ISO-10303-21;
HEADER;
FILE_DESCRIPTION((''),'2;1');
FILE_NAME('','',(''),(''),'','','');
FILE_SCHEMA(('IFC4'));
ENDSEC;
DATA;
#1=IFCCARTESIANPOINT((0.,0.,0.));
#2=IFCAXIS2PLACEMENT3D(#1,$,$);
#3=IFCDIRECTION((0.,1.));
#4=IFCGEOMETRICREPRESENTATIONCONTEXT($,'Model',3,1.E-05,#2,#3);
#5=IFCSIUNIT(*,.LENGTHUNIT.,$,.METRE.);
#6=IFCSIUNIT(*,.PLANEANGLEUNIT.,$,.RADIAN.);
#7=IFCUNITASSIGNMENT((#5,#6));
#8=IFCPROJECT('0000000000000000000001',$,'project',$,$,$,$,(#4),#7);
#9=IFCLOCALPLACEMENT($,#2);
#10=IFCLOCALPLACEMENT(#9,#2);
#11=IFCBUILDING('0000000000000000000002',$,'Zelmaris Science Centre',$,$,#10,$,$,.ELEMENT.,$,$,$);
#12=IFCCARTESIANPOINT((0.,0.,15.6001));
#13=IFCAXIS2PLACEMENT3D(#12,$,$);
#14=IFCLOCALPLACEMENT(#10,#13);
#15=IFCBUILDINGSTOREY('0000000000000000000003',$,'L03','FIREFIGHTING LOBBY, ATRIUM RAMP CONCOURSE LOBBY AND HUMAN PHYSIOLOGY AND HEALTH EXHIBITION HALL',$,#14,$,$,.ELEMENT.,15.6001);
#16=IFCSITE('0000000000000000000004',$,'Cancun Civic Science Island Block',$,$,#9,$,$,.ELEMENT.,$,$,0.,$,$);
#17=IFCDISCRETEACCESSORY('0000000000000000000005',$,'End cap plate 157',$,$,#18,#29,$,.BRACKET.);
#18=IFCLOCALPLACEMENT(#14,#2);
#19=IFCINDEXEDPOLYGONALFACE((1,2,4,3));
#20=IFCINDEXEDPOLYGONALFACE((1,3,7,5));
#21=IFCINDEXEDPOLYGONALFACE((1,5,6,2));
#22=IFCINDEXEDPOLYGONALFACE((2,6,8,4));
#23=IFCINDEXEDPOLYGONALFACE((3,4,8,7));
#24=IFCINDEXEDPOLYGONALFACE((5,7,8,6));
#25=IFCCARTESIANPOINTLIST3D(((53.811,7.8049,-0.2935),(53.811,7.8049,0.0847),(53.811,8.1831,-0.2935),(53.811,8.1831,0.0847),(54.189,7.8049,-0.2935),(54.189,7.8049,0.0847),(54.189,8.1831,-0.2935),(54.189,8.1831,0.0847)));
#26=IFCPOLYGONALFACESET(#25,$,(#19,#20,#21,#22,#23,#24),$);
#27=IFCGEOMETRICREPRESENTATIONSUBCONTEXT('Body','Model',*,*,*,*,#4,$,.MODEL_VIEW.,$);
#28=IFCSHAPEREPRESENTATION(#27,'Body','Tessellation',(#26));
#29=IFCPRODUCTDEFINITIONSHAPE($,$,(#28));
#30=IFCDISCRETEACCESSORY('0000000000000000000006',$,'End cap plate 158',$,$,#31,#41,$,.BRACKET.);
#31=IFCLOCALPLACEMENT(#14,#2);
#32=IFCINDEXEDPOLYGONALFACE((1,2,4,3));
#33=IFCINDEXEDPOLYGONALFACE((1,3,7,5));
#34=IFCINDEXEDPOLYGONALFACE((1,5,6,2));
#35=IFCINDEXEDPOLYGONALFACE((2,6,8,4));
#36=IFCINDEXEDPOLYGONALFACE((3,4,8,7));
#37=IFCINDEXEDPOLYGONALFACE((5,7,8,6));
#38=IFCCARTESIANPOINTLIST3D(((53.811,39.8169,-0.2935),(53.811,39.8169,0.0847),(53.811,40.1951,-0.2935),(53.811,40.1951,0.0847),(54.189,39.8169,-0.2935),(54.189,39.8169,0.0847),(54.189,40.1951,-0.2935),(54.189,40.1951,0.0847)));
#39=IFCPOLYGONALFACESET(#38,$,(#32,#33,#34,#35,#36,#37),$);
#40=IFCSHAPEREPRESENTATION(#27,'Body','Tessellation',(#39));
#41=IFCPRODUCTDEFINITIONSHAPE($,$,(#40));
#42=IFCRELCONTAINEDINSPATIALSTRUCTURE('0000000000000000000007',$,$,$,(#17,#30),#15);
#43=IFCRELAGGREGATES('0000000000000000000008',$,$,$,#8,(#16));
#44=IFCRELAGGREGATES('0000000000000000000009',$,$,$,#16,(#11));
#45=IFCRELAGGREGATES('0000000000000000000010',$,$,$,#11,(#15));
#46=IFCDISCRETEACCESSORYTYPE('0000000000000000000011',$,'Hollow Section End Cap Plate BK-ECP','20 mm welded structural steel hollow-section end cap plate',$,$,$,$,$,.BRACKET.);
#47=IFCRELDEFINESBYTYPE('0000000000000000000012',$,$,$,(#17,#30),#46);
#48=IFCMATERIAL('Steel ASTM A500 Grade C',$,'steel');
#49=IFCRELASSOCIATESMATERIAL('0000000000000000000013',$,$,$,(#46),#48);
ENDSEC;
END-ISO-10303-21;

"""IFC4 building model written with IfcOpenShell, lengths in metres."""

from ifc_helpers import new_model, si_unit, direction, frame, origin, place, context, subcontext, project, spatial, polyline, outline, extrude, material, type_object, element, save


model = new_model("IFC4")

# Units and contexts
model_context = context("Model", 3, precision=1e-05, world=origin(), true_north=direction((0.0, 1.0)))
body_context = subcontext(model_context, "Body", "Model", "MODEL_VIEW")
ifc_project = project(units=[si_unit("LENGTHUNIT", "METRE"), si_unit("PLANEANGLEUNIT", "RADIAN")], contexts=[model_context])

# Site, building, storey
site_placement = place(None, origin())
site = spatial("IfcSite", under=ifc_project, at=site_placement, Name="Cancun Civic Science Island Block", CompositionType="ELEMENT", RefElevation=0.0)
building_placement = place(site_placement, origin())
building = spatial("IfcBuilding", under=site, at=building_placement, Name="Zelmaris Science Centre", CompositionType="ELEMENT")
storey_placement = place(building_placement, frame((0.0, 0.0, 15.6001)))
storey = spatial("IfcBuildingStorey", under=building, at=storey_placement, Name="L03", Description="FIREFIGHTING LOBBY, ATRIUM RAMP CONCOURSE LOBBY AND HUMAN PHYSIOLOGY AND HEALTH EXHIBITION HALL", CompositionType="ELEMENT", Elevation=15.6001)

# Discrete accessories
ifc_material_1 = material(Name="Steel ASTM A500 Grade C", Category="steel")
discrete_accessory_type = type_object("IfcDiscreteAccessoryType", Name="Hollow Section End Cap Plate BK-ECP", Description="20 mm welded structural steel hollow-section end cap plate", PredefinedType="BRACKET", material=ifc_material_1)
discrete_accessory_1_placement = place(storey_placement, frame((0.0, 0.0, -0.2935)))
element("IfcDiscreteAccessory", 1, at=discrete_accessory_1_placement, inside=storey, type_object=discrete_accessory_type, Name="End cap plate 157", PredefinedType="BRACKET", context=body_context, shape_type="SweptSolid", body=[
    extrude(outline(polyline([(53.811, 7.8049), (54.189, 7.8049), (54.189, 8.1831), (53.811, 8.1831), (53.811, 7.8049)])), origin(), (0.0, 0.0, 1.0), 0.3782),
])
discrete_accessory_2_placement = place(storey_placement, frame((0.0, 0.0, -0.2935)))
element("IfcDiscreteAccessory", 2, at=discrete_accessory_2_placement, inside=storey, type_object=discrete_accessory_type, Name="End cap plate 158", PredefinedType="BRACKET", context=body_context, shape_type="SweptSolid", body=[
    extrude(outline(polyline([(53.811, 39.8169), (54.189, 39.8169), (54.189, 40.1951), (53.811, 40.1951), (53.811, 39.8169)])), origin(), (0.0, 0.0, 1.0), 0.3782),
])

save(model, "model.ifc")
